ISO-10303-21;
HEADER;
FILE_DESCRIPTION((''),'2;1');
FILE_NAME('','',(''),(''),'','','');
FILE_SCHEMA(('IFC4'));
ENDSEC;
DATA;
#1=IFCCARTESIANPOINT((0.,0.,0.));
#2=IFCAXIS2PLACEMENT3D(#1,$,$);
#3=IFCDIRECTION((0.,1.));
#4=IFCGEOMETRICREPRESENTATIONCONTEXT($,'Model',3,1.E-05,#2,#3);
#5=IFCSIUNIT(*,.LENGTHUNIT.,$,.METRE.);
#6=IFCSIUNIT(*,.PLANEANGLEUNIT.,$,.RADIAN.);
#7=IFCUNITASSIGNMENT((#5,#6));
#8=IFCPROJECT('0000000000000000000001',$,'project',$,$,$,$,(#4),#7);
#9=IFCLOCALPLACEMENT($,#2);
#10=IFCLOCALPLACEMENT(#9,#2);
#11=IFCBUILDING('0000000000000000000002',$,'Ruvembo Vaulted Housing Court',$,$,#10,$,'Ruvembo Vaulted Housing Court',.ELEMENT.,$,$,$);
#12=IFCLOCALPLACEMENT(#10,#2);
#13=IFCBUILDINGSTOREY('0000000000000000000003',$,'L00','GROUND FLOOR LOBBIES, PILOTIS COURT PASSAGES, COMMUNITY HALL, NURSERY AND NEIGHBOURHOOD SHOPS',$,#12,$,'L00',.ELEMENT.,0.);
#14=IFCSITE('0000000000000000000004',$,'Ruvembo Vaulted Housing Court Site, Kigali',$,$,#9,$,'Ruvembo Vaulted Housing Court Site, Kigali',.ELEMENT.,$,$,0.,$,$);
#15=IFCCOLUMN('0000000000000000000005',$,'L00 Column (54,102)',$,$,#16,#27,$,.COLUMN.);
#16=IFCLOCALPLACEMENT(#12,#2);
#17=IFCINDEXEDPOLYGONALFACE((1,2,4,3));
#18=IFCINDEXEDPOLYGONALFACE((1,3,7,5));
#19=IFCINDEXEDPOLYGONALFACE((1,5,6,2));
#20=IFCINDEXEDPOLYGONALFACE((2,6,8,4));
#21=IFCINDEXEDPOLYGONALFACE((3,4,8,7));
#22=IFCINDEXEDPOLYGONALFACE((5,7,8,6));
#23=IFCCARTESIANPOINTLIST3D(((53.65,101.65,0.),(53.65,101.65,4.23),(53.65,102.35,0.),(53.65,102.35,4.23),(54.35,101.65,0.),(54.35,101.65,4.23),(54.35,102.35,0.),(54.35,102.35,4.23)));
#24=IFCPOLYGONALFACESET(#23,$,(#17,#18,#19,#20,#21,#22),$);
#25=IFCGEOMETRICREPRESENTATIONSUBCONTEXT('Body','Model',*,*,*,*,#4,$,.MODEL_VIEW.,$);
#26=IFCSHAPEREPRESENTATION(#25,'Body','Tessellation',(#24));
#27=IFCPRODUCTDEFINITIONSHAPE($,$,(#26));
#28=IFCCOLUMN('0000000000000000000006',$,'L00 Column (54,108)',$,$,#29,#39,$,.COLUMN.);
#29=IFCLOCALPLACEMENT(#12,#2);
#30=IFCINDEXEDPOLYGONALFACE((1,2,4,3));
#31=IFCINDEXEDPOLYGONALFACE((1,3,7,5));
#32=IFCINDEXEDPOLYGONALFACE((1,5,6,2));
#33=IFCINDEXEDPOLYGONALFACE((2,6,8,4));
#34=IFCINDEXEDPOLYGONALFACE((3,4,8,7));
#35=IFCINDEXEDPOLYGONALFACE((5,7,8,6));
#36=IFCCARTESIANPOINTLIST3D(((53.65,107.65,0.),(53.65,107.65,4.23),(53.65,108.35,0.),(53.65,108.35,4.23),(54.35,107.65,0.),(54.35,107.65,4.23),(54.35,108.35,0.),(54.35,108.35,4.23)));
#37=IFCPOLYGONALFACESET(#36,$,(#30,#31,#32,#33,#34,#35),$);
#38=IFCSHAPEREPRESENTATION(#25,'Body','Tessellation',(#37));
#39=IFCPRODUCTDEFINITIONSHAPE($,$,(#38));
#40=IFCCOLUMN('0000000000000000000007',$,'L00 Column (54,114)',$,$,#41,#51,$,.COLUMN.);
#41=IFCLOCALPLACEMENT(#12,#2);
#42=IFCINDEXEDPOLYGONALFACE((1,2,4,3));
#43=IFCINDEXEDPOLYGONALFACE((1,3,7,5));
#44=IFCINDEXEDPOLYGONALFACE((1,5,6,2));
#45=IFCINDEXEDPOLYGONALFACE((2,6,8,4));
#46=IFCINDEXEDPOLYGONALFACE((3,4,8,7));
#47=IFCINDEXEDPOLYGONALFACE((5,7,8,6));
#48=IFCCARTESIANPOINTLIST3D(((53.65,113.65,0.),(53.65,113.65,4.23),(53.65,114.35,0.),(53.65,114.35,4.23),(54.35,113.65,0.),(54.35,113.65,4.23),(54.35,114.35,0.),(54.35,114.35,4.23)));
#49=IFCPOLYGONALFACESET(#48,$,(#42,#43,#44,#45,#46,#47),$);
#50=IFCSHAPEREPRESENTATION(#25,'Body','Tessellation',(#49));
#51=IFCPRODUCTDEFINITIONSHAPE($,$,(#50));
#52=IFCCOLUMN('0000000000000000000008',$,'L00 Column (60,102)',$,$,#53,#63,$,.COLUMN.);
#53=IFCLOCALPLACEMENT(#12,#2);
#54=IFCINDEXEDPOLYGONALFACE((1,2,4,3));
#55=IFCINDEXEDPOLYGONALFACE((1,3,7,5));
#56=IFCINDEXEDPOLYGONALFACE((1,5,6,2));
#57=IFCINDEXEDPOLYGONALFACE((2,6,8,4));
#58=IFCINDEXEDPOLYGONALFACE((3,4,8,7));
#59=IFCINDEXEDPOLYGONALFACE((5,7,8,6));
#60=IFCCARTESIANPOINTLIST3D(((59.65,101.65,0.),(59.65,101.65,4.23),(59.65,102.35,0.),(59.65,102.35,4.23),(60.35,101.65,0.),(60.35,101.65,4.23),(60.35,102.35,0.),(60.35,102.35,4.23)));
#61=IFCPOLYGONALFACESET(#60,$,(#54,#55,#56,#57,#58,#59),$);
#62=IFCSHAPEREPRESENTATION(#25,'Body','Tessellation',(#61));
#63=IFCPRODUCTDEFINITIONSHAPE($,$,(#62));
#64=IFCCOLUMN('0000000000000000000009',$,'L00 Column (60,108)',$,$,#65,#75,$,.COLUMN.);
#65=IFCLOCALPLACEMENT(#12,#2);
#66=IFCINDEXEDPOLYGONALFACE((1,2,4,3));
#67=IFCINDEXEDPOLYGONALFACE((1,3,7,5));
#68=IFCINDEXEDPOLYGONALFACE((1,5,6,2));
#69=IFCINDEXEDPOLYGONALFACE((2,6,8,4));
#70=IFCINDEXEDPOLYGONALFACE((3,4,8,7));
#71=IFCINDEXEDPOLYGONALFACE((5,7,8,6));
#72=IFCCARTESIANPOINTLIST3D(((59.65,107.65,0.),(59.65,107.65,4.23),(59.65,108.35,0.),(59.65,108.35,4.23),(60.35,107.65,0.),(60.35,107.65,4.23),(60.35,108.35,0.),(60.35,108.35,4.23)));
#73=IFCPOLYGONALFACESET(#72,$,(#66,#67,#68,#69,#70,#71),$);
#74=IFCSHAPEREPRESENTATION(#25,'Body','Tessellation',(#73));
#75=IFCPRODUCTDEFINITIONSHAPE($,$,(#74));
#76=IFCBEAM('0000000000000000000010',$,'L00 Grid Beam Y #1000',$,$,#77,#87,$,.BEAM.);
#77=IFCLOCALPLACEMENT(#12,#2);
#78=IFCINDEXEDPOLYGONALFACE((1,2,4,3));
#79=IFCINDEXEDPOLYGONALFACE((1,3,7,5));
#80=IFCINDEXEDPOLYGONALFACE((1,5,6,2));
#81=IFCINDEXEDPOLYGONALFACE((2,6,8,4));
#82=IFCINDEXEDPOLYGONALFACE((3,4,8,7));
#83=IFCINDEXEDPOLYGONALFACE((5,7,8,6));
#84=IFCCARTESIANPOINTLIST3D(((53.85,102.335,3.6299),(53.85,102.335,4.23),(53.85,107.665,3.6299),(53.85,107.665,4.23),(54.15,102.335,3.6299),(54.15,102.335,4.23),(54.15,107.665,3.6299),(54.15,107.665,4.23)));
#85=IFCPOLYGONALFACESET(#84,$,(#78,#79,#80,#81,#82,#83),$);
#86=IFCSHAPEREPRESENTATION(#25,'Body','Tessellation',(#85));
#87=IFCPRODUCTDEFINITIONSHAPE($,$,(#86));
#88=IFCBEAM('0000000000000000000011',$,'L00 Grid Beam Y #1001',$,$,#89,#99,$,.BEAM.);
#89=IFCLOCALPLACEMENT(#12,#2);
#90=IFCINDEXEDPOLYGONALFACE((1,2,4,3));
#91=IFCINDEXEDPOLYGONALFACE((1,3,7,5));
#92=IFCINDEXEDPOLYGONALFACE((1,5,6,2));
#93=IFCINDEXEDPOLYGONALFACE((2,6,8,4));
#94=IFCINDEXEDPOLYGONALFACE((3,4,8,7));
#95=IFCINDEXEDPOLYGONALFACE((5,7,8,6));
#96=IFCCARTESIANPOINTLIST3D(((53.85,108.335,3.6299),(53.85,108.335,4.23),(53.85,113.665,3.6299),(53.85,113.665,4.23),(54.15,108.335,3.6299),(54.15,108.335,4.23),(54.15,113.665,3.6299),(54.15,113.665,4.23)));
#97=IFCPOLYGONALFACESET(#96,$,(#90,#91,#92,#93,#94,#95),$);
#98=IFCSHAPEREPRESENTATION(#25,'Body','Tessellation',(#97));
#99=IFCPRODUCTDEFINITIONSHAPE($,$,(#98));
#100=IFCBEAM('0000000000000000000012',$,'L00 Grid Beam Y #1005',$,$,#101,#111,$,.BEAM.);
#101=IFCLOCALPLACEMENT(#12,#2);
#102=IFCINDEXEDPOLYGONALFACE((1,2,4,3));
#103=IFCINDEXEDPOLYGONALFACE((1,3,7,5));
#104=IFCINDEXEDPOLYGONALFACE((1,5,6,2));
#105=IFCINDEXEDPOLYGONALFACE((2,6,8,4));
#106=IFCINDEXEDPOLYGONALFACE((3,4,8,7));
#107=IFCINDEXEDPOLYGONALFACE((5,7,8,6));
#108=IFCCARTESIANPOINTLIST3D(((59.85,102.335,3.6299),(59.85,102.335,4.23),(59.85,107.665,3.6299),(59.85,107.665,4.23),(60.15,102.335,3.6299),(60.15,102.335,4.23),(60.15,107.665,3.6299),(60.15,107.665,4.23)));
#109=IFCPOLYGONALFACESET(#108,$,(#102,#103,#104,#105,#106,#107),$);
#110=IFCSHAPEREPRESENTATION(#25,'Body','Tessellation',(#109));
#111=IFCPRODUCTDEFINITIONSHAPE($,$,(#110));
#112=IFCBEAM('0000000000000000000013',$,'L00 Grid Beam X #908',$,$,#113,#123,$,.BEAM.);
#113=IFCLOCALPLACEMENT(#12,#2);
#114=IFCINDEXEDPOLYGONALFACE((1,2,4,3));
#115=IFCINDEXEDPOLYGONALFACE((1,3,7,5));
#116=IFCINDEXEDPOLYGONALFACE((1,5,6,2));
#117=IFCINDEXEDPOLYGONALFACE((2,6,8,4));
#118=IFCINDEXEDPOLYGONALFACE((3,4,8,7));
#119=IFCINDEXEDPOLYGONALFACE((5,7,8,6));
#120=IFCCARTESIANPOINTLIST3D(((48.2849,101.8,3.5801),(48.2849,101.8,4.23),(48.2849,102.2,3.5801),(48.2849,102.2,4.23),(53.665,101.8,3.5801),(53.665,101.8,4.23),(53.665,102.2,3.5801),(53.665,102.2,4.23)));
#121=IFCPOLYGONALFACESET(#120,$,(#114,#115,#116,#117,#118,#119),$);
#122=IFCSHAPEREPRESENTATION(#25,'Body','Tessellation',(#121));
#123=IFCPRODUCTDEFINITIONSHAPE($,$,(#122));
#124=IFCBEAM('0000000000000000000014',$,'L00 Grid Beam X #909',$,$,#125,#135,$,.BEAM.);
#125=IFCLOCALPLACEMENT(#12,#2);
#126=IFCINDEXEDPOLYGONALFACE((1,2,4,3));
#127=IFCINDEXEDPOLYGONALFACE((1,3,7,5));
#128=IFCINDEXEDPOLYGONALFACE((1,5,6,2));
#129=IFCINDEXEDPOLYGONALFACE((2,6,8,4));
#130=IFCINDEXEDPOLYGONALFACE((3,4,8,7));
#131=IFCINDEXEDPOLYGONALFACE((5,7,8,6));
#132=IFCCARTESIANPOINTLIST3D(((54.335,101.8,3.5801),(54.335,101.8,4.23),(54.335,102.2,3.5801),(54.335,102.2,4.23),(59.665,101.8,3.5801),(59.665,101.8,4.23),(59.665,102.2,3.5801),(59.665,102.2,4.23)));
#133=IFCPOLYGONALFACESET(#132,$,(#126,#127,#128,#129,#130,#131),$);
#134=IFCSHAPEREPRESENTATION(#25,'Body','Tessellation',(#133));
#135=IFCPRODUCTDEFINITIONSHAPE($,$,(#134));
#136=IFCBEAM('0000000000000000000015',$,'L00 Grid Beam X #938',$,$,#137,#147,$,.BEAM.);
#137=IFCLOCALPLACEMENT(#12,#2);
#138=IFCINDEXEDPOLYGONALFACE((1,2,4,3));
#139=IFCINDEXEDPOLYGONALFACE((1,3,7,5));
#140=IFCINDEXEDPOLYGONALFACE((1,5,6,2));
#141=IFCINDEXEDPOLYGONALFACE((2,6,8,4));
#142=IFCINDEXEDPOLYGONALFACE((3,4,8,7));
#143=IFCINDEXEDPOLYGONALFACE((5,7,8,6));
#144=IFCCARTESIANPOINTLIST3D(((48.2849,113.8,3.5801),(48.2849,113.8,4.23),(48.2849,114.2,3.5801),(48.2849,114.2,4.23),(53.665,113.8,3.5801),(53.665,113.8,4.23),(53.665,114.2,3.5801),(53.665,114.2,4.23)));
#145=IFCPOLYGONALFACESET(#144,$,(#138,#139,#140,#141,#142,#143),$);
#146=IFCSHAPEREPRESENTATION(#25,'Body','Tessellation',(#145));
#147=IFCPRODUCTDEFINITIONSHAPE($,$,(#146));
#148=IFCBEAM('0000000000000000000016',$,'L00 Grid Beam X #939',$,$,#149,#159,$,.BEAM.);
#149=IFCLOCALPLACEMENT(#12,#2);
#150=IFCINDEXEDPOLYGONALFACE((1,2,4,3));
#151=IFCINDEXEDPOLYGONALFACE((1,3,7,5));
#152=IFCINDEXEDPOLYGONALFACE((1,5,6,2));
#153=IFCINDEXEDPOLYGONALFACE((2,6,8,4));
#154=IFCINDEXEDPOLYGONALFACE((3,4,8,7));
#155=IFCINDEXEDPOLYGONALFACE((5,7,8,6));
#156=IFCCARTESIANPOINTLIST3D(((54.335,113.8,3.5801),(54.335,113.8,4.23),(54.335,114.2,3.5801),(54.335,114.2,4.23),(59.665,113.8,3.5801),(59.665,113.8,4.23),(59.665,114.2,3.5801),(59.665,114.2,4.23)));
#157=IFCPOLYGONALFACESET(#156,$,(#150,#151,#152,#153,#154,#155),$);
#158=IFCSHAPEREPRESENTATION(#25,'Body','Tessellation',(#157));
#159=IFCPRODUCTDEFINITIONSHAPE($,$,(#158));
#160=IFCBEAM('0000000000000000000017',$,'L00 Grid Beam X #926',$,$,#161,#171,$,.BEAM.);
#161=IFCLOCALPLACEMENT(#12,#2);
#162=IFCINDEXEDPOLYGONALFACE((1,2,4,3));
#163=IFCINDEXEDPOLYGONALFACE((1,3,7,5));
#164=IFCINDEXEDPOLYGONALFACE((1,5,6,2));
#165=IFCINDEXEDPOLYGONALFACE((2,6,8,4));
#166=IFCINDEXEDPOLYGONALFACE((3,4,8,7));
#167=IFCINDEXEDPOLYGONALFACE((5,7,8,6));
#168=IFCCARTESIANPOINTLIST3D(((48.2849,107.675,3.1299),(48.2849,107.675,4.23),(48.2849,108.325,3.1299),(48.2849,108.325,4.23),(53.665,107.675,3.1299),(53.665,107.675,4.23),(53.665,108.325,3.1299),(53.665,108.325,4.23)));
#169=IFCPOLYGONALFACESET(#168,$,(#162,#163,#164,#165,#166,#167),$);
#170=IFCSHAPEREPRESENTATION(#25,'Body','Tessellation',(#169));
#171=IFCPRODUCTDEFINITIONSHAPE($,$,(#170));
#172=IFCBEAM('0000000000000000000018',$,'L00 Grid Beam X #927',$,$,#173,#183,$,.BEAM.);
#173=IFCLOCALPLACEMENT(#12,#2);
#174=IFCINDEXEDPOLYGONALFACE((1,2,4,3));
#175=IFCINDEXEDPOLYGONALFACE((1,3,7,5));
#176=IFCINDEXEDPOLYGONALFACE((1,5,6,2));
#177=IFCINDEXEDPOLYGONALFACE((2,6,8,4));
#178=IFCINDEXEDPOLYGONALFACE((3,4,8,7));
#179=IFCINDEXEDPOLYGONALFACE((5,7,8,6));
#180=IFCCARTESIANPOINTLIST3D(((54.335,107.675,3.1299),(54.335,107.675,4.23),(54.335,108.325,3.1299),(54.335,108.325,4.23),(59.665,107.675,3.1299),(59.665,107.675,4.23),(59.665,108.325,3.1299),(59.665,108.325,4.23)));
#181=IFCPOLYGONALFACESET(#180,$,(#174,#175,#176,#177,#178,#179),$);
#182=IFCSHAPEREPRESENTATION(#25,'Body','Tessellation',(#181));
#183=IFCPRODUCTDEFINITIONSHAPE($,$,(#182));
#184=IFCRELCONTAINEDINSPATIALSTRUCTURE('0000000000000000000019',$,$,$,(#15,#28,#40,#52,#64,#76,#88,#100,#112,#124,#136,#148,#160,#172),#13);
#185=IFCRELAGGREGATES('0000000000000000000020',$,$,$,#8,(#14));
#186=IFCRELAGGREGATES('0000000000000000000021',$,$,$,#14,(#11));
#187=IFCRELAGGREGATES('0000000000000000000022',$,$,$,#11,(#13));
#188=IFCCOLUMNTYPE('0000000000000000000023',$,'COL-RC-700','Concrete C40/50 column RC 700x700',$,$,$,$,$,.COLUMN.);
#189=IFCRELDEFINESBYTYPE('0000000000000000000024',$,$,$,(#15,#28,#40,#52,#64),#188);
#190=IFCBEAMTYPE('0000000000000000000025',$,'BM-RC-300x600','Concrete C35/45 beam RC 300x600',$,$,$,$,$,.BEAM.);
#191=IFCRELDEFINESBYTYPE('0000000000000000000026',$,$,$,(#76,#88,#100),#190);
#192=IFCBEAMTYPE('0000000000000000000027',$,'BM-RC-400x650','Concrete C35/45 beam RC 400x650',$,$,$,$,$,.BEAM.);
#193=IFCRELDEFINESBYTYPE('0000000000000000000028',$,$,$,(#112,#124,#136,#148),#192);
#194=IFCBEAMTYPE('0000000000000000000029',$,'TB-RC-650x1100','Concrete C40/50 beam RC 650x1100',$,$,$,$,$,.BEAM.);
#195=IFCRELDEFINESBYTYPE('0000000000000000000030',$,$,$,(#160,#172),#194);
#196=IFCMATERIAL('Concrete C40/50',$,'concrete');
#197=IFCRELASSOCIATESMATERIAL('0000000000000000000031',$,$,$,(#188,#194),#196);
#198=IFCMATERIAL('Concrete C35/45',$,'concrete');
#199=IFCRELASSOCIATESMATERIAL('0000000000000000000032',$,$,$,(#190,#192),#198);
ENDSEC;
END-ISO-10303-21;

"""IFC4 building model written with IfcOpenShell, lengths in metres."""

from ifc_helpers import new_model, si_unit, direction, frame, origin, origin_2d, place, context, subcontext, project, spatial, rectangle, extrude, material, material_profile, profile_set, type_object, element, save


model = new_model("IFC4")

# Units and contexts
model_context = context("Model", 3, precision=1e-05, world=origin(), true_north=direction((0.0, 1.0)))
body_context = subcontext(model_context, "Body", "Model", "MODEL_VIEW")
ifc_project = project(units=[si_unit("LENGTHUNIT", "METRE"), si_unit("PLANEANGLEUNIT", "RADIAN")], contexts=[model_context])

# Site, building, storey
site_placement = place(None, origin())
site = spatial("IfcSite", under=ifc_project, at=site_placement, Name="Ruvembo Vaulted Housing Court Site, Kigali", LongName="Ruvembo Vaulted Housing Court Site, Kigali", CompositionType="ELEMENT", RefElevation=0.0)
building_placement = place(site_placement, origin())
building = spatial("IfcBuilding", under=site, at=building_placement, Name="Ruvembo Vaulted Housing Court", LongName="Ruvembo Vaulted Housing Court", CompositionType="ELEMENT")
storey_placement = place(building_placement, origin())
storey = spatial("IfcBuildingStorey", under=building, at=storey_placement, Name="L00", Description="GROUND FLOOR LOBBIES, PILOTIS COURT PASSAGES, COMMUNITY HALL, NURSERY AND NEIGHBOURHOOD SHOPS", LongName="L00", CompositionType="ELEMENT", Elevation=0.0)

# Columns
ifc_material_1 = material(Name="Concrete C40/50", Category="concrete")
ifc_material_profile_1 = material_profile(ifc_material_1, rectangle(XDim=0.7, YDim=0.7, at=origin_2d()), Name="RC 700x700")
ifc_profile_set_1 = profile_set([ifc_material_profile_1], Name="Concrete C40/50")
column_type = type_object("IfcColumnType", Name="COL-RC-700", Description="Concrete C40/50 column RC 700x700", PredefinedType="COLUMN", material=ifc_profile_set_1)
for number, where, z_axis, x_axis, name in (
    (1, (54.0, 102.0, 0.0), (0.0, 0.0, 1.0), (1.0, 0.0, 0.0), "L00 Column (54,102)"),
    (2, (54.0, 108.0, 0.0), (0.0, 0.0, 1.0), (1.0, 0.0, 0.0), "L00 Column (54,108)"),
    (3, (54.0, 114.0, 0.0), (0.0, 0.0, 1.0), (1.0, 0.0, 0.0), "L00 Column (54,114)"),
    (4, (60.0, 102.0, 0.0), (0.0, 0.0, 1.0), (1.0, 0.0, 0.0), "L00 Column (60,102)"),
    (5, (60.0, 108.0, 0.0), (0.0, 0.0, 1.0), (1.0, 0.0, 0.0), "L00 Column (60,108)"),
):
    element("IfcColumn", number, at=place(storey_placement, frame(where, z_axis=z_axis, x_axis=x_axis)), inside=storey, type_object=column_type, Name=name, PredefinedType="COLUMN", context=body_context, shape_type="SweptSolid", body=[
        extrude(rectangle(XDim=0.7, YDim=0.7, at=origin_2d()), origin(), (0.0, 0.0, 1.0), 4.23),
    ])

# Beams
ifc_material_2 = material(Name="Concrete C35/45", Category="concrete")
ifc_material_profile_2 = material_profile(ifc_material_2, rectangle(XDim=0.3, YDim=0.6001, at=origin_2d()), Name="RC 300x600")
ifc_profile_set_2 = profile_set([ifc_material_profile_2], Name="Concrete C35/45")
beam_type_1 = type_object("IfcBeamType", Name="BM-RC-300x600", Description="Concrete C35/45 beam RC 300x600", PredefinedType="BEAM", material=ifc_profile_set_2)
for number, where, z_axis, x_axis, name in (
    (6, (54.0, 102.335, 3.9299), (0.0, 1.0, 0.0), (-1.0, 0.0, 0.0), "L00 Grid Beam Y #1000"),
    (7, (54.0, 108.335, 3.9299), (0.0, 1.0, 0.0), (-1.0, 0.0, 0.0), "L00 Grid Beam Y #1001"),
    (8, (60.0, 102.335, 3.9299), (0.0, 1.0, 0.0), (-1.0, 0.0, 0.0), "L00 Grid Beam Y #1005"),
):
    element("IfcBeam", number, at=place(storey_placement, frame(where, z_axis=z_axis, x_axis=x_axis)), inside=storey, type_object=beam_type_1, Name=name, PredefinedType="BEAM", context=body_context, shape_type="SweptSolid", body=[
        extrude(rectangle(XDim=0.3, YDim=0.6001, at=origin_2d()), origin(), (0.0, 0.0, 1.0), 5.3301),
    ])
ifc_material_profile_3 = material_profile(ifc_material_2, rectangle(XDim=0.3999, YDim=0.6499, at=origin_2d()), Name="RC 400x650")
ifc_profile_set_3 = profile_set([ifc_material_profile_3], Name="Concrete C35/45")
beam_type_2 = type_object("IfcBeamType", Name="BM-RC-400x650", Description="Concrete C35/45 beam RC 400x650", PredefinedType="BEAM", material=ifc_profile_set_3)
beam_1_placement = place(storey_placement, frame((48.2849, 102.0, 3.905), z_axis=(1.0, 0.0, 0.0), x_axis=(0.0, 1.0, 0.0)))
element("IfcBeam", 9, at=beam_1_placement, inside=storey, type_object=beam_type_2, Name="L00 Grid Beam X #908", PredefinedType="BEAM", context=body_context, shape_type="SweptSolid", body=[
    extrude(rectangle(XDim=0.3999, YDim=0.6499, at=origin_2d()), origin(), (0.0, 0.0, 1.0), 5.3801),
])
beam_2_placement = place(storey_placement, frame((54.335, 102.0, 3.905), z_axis=(1.0, 0.0, 0.0), x_axis=(0.0, 1.0, 0.0)))
element("IfcBeam", 10, at=beam_2_placement, inside=storey, type_object=beam_type_2, Name="L00 Grid Beam X #909", PredefinedType="BEAM", context=body_context, shape_type="SweptSolid", body=[
    extrude(rectangle(XDim=0.3999, YDim=0.6499, at=origin_2d()), origin(), (0.0, 0.0, 1.0), 5.3301),
])
beam_3_placement = place(storey_placement, frame((48.2849, 114.0, 3.905), z_axis=(1.0, 0.0, 0.0), x_axis=(0.0, 1.0, 0.0)))
element("IfcBeam", 11, at=beam_3_placement, inside=storey, type_object=beam_type_2, Name="L00 Grid Beam X #938", PredefinedType="BEAM", context=body_context, shape_type="SweptSolid", body=[
    extrude(rectangle(XDim=0.3999, YDim=0.6499, at=origin_2d()), origin(), (0.0, 0.0, 1.0), 5.3801),
])
beam_4_placement = place(storey_placement, frame((54.335, 114.0, 3.905), z_axis=(1.0, 0.0, 0.0), x_axis=(0.0, 1.0, 0.0)))
element("IfcBeam", 12, at=beam_4_placement, inside=storey, type_object=beam_type_2, Name="L00 Grid Beam X #939", PredefinedType="BEAM", context=body_context, shape_type="SweptSolid", body=[
    extrude(rectangle(XDim=0.3999, YDim=0.6499, at=origin_2d()), origin(), (0.0, 0.0, 1.0), 5.3301),
])
ifc_material_profile_4 = material_profile(ifc_material_1, rectangle(XDim=0.6499, YDim=1.1001, at=origin_2d()), Name="RC 650x1100")
ifc_profile_set_4 = profile_set([ifc_material_profile_4], Name="Concrete C40/50")
beam_type_3 = type_object("IfcBeamType", Name="TB-RC-650x1100", Description="Concrete C40/50 beam RC 650x1100", PredefinedType="BEAM", material=ifc_profile_set_4)
beam_5_placement = place(storey_placement, frame((48.2849, 108.0, 3.6799), z_axis=(1.0, 0.0, 0.0), x_axis=(0.0, 1.0, 0.0)))
element("IfcBeam", 13, at=beam_5_placement, inside=storey, type_object=beam_type_3, Name="L00 Grid Beam X #926", PredefinedType="BEAM", context=body_context, shape_type="SweptSolid", body=[
    extrude(rectangle(XDim=0.6499, YDim=1.1001, at=origin_2d()), origin(), (0.0, 0.0, 1.0), 5.3801),
])
beam_6_placement = place(storey_placement, frame((54.335, 108.0, 3.6799), z_axis=(1.0, 0.0, 0.0), x_axis=(0.0, 1.0, 0.0)))
element("IfcBeam", 14, at=beam_6_placement, inside=storey, type_object=beam_type_3, Name="L00 Grid Beam X #927", PredefinedType="BEAM", context=body_context, shape_type="SweptSolid", body=[
    extrude(rectangle(XDim=0.6499, YDim=1.1001, at=origin_2d()), origin(), (0.0, 0.0, 1.0), 5.3301),
])

save(model, "model.ifc")
